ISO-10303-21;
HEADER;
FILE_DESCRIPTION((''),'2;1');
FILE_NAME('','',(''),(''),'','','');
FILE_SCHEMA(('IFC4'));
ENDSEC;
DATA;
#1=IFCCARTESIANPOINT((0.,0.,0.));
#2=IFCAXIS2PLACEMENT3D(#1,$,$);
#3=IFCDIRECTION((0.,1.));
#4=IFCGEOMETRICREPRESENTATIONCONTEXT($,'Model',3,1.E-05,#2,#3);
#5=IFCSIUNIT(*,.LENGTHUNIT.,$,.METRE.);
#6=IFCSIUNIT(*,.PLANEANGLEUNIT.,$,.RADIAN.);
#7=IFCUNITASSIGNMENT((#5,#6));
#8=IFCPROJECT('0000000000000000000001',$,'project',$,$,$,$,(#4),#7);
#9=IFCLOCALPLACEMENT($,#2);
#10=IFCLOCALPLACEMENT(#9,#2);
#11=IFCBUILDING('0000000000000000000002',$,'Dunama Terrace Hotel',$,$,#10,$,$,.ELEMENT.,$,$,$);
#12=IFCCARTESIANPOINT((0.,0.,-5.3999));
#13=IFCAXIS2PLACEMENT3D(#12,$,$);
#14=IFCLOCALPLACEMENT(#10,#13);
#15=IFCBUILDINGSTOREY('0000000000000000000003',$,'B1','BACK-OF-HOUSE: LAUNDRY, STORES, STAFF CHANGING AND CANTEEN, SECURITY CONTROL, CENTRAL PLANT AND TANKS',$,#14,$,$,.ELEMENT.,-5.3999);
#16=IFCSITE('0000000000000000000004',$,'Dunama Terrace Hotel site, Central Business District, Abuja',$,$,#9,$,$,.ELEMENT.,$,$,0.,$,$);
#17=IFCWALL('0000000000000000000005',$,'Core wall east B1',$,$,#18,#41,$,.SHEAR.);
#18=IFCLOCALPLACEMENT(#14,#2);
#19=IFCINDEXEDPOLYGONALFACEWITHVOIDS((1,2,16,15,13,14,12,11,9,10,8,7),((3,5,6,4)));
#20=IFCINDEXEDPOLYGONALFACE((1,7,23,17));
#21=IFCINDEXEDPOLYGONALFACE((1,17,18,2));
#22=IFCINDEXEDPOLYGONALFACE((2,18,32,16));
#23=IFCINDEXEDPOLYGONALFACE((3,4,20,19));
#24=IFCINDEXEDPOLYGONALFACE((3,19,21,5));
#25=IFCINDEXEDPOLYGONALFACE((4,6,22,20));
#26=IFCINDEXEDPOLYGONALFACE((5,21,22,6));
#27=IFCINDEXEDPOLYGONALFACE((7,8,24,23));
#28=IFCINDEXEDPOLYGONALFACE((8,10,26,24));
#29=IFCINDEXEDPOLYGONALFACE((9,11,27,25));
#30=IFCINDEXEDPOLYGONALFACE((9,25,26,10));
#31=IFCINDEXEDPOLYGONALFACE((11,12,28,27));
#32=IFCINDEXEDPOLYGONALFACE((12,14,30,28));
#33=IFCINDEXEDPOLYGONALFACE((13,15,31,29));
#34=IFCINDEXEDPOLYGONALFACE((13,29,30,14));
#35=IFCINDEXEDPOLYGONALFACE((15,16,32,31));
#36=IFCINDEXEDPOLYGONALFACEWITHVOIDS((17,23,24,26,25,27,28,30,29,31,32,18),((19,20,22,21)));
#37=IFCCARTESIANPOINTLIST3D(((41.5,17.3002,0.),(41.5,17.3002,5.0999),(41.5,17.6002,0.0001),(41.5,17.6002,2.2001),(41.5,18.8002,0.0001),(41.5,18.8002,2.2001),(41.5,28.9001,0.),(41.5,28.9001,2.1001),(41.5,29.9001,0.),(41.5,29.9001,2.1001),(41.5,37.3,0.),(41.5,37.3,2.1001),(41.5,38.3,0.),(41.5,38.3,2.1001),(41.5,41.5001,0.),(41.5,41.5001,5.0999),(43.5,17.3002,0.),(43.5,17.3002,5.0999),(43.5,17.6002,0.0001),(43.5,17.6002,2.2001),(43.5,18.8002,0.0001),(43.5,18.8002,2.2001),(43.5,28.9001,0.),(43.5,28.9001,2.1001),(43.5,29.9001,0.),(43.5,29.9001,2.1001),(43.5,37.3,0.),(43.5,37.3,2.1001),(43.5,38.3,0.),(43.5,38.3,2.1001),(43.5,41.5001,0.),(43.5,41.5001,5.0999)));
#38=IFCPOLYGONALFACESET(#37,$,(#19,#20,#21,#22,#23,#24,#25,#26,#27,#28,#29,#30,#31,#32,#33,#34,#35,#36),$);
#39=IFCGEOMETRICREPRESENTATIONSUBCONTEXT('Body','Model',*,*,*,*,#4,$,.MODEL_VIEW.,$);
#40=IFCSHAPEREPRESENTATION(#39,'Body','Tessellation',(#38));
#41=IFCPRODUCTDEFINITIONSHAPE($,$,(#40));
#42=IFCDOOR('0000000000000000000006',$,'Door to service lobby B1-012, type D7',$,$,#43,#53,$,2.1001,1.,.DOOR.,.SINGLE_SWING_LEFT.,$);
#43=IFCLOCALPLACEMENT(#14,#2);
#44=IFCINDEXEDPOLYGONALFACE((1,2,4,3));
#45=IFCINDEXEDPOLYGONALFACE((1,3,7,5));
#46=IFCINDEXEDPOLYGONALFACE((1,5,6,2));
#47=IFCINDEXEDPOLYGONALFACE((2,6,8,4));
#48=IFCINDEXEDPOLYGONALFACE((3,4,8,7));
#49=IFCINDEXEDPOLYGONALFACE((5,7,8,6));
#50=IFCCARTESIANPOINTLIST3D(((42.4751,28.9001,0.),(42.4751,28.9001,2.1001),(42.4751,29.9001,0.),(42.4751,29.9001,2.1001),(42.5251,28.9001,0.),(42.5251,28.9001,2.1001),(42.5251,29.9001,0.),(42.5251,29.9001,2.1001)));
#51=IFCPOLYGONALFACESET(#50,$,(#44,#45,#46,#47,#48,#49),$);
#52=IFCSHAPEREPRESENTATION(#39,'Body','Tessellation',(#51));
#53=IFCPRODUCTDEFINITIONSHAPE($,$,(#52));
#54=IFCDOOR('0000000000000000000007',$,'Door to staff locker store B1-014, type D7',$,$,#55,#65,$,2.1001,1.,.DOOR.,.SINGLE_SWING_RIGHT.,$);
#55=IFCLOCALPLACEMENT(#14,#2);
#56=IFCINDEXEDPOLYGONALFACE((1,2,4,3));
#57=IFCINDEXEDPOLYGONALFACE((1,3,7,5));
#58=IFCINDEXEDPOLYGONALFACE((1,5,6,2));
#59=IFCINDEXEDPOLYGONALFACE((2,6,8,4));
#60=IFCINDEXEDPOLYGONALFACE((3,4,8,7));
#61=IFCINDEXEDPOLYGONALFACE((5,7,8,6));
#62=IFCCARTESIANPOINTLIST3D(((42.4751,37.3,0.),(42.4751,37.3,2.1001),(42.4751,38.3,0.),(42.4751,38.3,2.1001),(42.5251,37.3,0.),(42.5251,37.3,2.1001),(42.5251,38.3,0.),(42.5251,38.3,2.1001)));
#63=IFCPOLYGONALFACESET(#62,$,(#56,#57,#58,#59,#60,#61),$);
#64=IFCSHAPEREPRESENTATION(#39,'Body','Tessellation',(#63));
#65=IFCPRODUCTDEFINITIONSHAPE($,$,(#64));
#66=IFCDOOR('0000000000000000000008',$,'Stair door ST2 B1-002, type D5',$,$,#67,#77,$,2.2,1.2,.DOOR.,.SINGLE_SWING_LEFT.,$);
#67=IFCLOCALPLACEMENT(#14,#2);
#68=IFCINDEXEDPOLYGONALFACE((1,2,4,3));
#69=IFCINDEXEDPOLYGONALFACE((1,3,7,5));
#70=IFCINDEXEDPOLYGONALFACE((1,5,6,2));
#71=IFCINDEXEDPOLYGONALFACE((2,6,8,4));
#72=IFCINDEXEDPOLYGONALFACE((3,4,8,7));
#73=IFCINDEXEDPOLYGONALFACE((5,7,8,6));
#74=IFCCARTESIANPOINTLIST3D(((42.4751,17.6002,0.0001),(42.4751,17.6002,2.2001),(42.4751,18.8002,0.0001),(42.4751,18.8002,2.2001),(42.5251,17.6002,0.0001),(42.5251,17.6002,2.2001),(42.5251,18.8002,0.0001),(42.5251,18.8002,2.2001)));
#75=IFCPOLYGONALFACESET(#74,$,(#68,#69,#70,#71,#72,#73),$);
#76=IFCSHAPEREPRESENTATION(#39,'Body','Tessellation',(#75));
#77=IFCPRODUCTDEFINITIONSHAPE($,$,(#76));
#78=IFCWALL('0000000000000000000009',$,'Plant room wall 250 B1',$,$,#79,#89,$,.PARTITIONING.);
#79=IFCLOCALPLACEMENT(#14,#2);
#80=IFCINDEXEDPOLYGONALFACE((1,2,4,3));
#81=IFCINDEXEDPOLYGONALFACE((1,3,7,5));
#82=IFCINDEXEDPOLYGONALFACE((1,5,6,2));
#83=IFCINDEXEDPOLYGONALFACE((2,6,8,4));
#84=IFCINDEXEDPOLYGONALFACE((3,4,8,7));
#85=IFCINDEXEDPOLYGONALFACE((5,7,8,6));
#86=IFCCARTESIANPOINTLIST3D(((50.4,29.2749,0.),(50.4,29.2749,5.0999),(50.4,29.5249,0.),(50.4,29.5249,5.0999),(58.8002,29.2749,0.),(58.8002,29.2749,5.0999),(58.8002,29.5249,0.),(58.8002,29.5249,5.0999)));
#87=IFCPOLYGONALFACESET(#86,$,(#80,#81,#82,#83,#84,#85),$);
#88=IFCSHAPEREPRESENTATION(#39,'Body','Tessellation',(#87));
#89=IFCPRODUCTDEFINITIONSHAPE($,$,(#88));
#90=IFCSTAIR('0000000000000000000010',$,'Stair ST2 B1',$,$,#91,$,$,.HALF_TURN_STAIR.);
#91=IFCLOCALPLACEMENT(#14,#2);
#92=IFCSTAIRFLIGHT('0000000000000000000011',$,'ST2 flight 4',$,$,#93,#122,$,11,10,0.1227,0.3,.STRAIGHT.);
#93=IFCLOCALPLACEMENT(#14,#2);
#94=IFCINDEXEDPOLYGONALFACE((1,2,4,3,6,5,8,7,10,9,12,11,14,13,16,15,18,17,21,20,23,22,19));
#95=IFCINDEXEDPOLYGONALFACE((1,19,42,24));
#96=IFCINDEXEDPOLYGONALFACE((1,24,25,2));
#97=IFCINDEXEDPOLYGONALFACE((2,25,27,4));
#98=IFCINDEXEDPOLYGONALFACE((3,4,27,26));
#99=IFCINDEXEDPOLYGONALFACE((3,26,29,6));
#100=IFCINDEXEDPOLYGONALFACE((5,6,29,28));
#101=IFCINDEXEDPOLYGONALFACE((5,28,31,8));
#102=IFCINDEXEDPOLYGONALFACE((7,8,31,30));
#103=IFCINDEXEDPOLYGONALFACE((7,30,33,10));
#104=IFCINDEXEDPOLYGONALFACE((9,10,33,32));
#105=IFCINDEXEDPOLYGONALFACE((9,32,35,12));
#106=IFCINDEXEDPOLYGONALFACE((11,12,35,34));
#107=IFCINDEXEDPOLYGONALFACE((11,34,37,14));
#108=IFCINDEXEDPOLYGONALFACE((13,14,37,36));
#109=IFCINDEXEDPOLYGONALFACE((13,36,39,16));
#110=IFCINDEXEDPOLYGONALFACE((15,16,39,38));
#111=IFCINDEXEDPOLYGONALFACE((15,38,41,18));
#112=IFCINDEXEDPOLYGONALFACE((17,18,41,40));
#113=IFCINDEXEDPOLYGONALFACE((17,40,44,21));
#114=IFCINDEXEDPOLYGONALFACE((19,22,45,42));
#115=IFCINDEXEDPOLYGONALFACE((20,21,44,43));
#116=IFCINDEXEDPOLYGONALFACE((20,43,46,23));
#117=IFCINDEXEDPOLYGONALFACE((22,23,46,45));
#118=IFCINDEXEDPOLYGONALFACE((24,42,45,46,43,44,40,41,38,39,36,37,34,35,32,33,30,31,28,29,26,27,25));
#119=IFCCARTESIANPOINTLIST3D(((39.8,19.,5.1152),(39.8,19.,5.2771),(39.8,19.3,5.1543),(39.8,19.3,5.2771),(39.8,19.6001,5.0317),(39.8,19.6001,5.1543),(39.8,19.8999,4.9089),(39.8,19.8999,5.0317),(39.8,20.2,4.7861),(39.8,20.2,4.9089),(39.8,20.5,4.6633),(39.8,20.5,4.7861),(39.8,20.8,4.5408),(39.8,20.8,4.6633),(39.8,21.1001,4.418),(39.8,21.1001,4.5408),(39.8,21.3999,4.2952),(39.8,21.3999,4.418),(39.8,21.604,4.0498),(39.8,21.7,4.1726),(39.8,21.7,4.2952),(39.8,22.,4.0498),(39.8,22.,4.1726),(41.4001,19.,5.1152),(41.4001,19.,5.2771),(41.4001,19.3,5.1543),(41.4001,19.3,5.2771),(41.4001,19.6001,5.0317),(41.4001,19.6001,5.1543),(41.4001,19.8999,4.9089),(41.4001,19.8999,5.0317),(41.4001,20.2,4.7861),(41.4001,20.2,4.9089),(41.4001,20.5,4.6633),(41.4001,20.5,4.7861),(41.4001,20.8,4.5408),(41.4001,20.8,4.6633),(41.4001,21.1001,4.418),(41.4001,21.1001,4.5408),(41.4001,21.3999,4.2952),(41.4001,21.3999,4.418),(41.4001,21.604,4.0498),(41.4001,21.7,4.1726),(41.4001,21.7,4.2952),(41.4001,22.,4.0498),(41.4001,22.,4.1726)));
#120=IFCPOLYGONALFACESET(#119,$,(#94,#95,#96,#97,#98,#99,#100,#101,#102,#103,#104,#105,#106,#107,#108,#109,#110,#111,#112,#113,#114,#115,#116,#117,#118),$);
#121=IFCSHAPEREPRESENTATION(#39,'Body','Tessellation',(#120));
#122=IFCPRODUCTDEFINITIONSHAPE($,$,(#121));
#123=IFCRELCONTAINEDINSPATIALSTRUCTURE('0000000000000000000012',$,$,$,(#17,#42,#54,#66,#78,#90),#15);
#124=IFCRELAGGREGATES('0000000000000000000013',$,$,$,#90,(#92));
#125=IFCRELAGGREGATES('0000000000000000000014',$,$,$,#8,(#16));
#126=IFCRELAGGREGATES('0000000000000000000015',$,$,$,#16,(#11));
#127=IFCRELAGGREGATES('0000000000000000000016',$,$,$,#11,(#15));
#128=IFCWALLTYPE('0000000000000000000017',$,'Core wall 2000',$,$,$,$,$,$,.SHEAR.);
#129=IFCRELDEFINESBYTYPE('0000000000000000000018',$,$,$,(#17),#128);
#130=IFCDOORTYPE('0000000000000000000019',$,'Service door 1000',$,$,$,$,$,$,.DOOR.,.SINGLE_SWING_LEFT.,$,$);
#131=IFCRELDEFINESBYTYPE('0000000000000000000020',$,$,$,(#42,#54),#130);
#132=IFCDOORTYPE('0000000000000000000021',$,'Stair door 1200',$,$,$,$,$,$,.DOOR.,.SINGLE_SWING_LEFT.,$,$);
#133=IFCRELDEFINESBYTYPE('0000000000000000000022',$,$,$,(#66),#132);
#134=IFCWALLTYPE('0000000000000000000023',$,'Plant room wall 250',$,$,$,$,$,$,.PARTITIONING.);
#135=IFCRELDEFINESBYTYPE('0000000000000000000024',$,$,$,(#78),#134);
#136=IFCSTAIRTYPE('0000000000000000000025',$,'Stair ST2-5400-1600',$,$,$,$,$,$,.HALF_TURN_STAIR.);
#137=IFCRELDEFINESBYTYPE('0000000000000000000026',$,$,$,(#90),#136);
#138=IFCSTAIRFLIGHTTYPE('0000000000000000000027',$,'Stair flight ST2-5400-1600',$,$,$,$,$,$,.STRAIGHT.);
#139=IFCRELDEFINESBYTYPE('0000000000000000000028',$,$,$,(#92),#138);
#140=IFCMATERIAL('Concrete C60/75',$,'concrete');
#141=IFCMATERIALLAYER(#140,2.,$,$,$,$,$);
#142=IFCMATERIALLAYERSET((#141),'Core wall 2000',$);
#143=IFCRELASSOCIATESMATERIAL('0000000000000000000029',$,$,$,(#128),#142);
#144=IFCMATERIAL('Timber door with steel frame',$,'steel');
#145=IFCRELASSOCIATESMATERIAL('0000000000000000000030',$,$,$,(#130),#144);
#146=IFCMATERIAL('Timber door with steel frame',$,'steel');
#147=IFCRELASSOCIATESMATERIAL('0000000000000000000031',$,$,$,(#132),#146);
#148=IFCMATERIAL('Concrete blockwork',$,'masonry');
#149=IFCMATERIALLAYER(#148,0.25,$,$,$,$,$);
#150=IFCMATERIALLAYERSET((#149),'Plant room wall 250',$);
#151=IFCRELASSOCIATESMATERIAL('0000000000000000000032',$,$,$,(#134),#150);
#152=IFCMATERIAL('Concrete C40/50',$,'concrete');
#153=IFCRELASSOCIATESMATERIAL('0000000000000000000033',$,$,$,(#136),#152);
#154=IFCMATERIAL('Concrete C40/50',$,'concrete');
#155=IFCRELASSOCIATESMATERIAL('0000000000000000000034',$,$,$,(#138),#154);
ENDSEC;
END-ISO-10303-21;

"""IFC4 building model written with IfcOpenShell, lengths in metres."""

from ifc_helpers import new_model, si_unit, direction, frame, frame_2d, origin, place, context, subcontext, project, spatial, polyline, rectangle, outline, extrude, material, layer, layer_set, type_object, element, fill, aggregate, save


model = new_model("IFC4")

# Units and contexts
model_context = context("Model", 3, precision=1e-05, world=origin(), true_north=direction((0.0, 1.0)))
body_context = subcontext(model_context, "Body", "Model", "MODEL_VIEW")
ifc_project = project(units=[si_unit("LENGTHUNIT", "METRE"), si_unit("PLANEANGLEUNIT", "RADIAN")], contexts=[model_context])

# Site, building, storey
site_placement = place(None, origin())
site = spatial("IfcSite", under=ifc_project, at=site_placement, Name="Dunama Terrace Hotel site, Central Business District, Abuja", CompositionType="ELEMENT", RefElevation=0.0)
building_placement = place(site_placement, origin())
building = spatial("IfcBuilding", under=site, at=building_placement, Name="Dunama Terrace Hotel", CompositionType="ELEMENT")
storey_placement = place(building_placement, frame((0.0, 0.0, -5.3999)))
storey = spatial("IfcBuildingStorey", under=building, at=storey_placement, Name="B1", Description="BACK-OF-HOUSE: LAUNDRY, STORES, STAFF CHANGING AND CANTEEN, SECURITY CONTROL, CENTRAL PLANT AND TANKS", CompositionType="ELEMENT", Elevation=-5.3999)

# Wall, openings, doors
ifc_material_1 = material(Name="Concrete C60/75", Category="concrete")
ifc_layer_1 = layer(ifc_material_1, 2.0)
ifc_layer_set_1 = layer_set([ifc_layer_1], Name="Core wall 2000")
wall_type_1 = type_object("IfcWallType", Name="Core wall 2000", PredefinedType="SHEAR", material=ifc_layer_set_1)
wall_1_placement = place(storey_placement, frame((42.5, 17.3, 0.0), z_axis=(0.0, 0.0, 1.0), x_axis=(0.0, 1.0, 0.0)))
wall_1 = element("IfcWall", 1, at=wall_1_placement, inside=storey, type_object=wall_type_1, Name="Core wall east B1", PredefinedType="SHEAR", context=body_context, shape_type="SweptSolid", body=[
    extrude(rectangle(XDim=24.2, YDim=2.0, at=frame_2d((12.1001, 0.0))), origin(), (0.0, 0.0, 1.0), 5.0999),
])
opening_1_placement = place(wall_1_placement, frame((0.3, 0.0, 0.0)))
opening_1 = element("IfcOpeningElement", 2, at=opening_1_placement, cuts=wall_1, PredefinedType="OPENING", context=body_context, shape_type="SweptSolid", body=[
    extrude(rectangle(XDim=1.2, YDim=2.2, at=frame_2d((0.6001, 1.1001))), frame((0.0, 1.01, 0.0), z_axis=(0.0, -1.0, 0.0), x_axis=(1.0, 0.0, 0.0)), (0.0, 0.0, 1.0), 2.02),
])
opening_2_placement = place(wall_1_placement, frame((11.6001, 0.0, 0.0)))
opening_2 = element("IfcOpeningElement", 3, at=opening_2_placement, cuts=wall_1, PredefinedType="OPENING", context=body_context, shape_type="SweptSolid", body=[
    extrude(rectangle(XDim=1.0, YDim=2.1001, at=frame_2d((0.5, 1.05))), frame((0.0, 1.01, 0.0), z_axis=(0.0, -1.0, 0.0), x_axis=(1.0, 0.0, 0.0)), (0.0, 0.0, 1.0), 2.02),
])
opening_3_placement = place(wall_1_placement, frame((20.0, 0.0, 0.0)))
opening_3 = element("IfcOpeningElement", 4, at=opening_3_placement, cuts=wall_1, PredefinedType="OPENING", context=body_context, shape_type="SweptSolid", body=[
    extrude(rectangle(XDim=1.0, YDim=2.1001, at=frame_2d((0.5, 1.05))), frame((0.0, 1.01, 0.0), z_axis=(0.0, -1.0, 0.0), x_axis=(1.0, 0.0, 0.0)), (0.0, 0.0, 1.0), 2.02),
])
ifc_material_2 = material(Name="Timber door with steel frame", Category="steel")
door_type_1 = type_object("IfcDoorType", Name="Service door 1000", OperationType="SINGLE_SWING_LEFT", PredefinedType="DOOR", material=ifc_material_2)
door_1_placement = place(opening_2_placement, origin())
door_1 = element("IfcDoor", 5, at=door_1_placement, inside=storey, type_object=door_type_1, Name="Door to service lobby B1-012, type D7", OperationType="SINGLE_SWING_LEFT", OverallHeight=2.1001, OverallWidth=1.0, PredefinedType="DOOR", context=body_context, shape_type="SweptSolid", body=[
    extrude(rectangle(XDim=1.0, YDim=2.1001, at=frame_2d((0.5, 1.05))), frame((0.0, 0.0249, 0.0), z_axis=(0.0, -1.0, 0.0), x_axis=(1.0, 0.0, 0.0)), (0.0, 0.0, 1.0), 0.05),
])
fill(opening_2, door_1)
door_2_placement = place(opening_3_placement, origin())
door_2 = element("IfcDoor", 6, at=door_2_placement, inside=storey, type_object=door_type_1, Name="Door to staff locker store B1-014, type D7", OperationType="SINGLE_SWING_RIGHT", OverallHeight=2.1001, OverallWidth=1.0, PredefinedType="DOOR", context=body_context, shape_type="SweptSolid", body=[
    extrude(rectangle(XDim=1.0, YDim=2.1001, at=frame_2d((0.5, 1.05))), frame((0.0, 0.0249, 0.0), z_axis=(0.0, -1.0, 0.0), x_axis=(1.0, 0.0, 0.0)), (0.0, 0.0, 1.0), 0.05),
])
fill(opening_3, door_2)
ifc_material_3 = material(Name="Timber door with steel frame", Category="steel")
door_type_2 = type_object("IfcDoorType", Name="Stair door 1200", OperationType="SINGLE_SWING_LEFT", PredefinedType="DOOR", material=ifc_material_3)
door_3_placement = place(opening_1_placement, origin())
door_3 = element("IfcDoor", 7, at=door_3_placement, inside=storey, type_object=door_type_2, Name="Stair door ST2 B1-002, type D5", OperationType="SINGLE_SWING_LEFT", OverallHeight=2.2, OverallWidth=1.2, PredefinedType="DOOR", context=body_context, shape_type="SweptSolid", body=[
    extrude(rectangle(XDim=1.2, YDim=2.2, at=frame_2d((0.6001, 1.1001))), frame((0.0, 0.0249, 0.0), z_axis=(0.0, -1.0, 0.0), x_axis=(1.0, 0.0, 0.0)), (0.0, 0.0, 1.0), 0.05),
])
fill(opening_1, door_3)

# Wall
ifc_material_4 = material(Name="Concrete blockwork", Category="masonry")
ifc_layer_2 = layer(ifc_material_4, 0.25)
ifc_layer_set_2 = layer_set([ifc_layer_2], Name="Plant room wall 250")
wall_type_2 = type_object("IfcWallType", Name="Plant room wall 250", PredefinedType="PARTITIONING", material=ifc_layer_set_2)
wall_2_placement = place(storey_placement, frame((50.3999, 29.3999, 0.0), z_axis=(0.0, 0.0, 1.0), x_axis=(1.0, 0.0, 0.0)))
element("IfcWall", 8, at=wall_2_placement, inside=storey, type_object=wall_type_2, Name="Plant room wall 250 B1", PredefinedType="PARTITIONING", context=body_context, shape_type="SweptSolid", body=[
    extrude(rectangle(XDim=8.4001, YDim=0.25, at=frame_2d((4.2002, 0.0))), origin(), (0.0, 0.0, 1.0), 5.0999),
])

# Stair, stair flight
ifc_material_5 = material(Name="Concrete C40/50", Category="concrete")
stair_type = type_object("IfcStairType", Name="Stair ST2-5400-1600", PredefinedType="HALF_TURN_STAIR", material=ifc_material_5)
stair_placement = place(storey_placement, origin())
stair = element("IfcStair", 9, at=stair_placement, inside=storey, type_object=stair_type, Name="Stair ST2 B1", PredefinedType="HALF_TURN_STAIR")
ifc_material_6 = material(Name="Concrete C40/50", Category="concrete")
stair_flight_type = type_object("IfcStairFlightType", Name="Stair flight ST2-5400-1600", PredefinedType="STRAIGHT", material=ifc_material_6)
stair_flight_placement = place(storey_placement, frame((40.6001, 22.0, 4.0498), z_axis=(0.0, 0.0, 1.0), x_axis=(0.0, -1.0, 0.0)))
stair_flight = element("IfcStairFlight", 10, at=stair_flight_placement, type_object=stair_flight_type, Name="ST2 flight 4", NumberOfRisers=11, NumberOfTreads=10, PredefinedType="STRAIGHT", RiserHeight=0.1227, TreadLength=0.3, context=body_context, shape_type="SweptSolid", body=[
    extrude(outline(polyline([(0.0, 0.0), (0.0, 0.1228), (0.3, 0.1228), (0.3, 0.2454), (0.6001, 0.2454), (0.6001, 0.3682), (0.8999, 0.3682), (0.8999, 0.491), (1.2, 0.491), (1.2, 0.6135), (1.5, 0.6135), (1.5, 0.7363), (1.8, 0.7363), (1.8, 0.8591), (2.1001, 0.8591), (2.1001, 0.9819), (2.3999, 0.9819), (2.3999, 1.1045), (2.7, 1.1045), (2.7, 1.2273), (3.0, 1.2273), (3.0, 1.3501), (3.0, 1.0654), (0.396, 0.0), (0.0, 0.0)])), frame((0.0, 0.8, 0.0), z_axis=(0.0, -1.0, 0.0), x_axis=(1.0, 0.0, 0.0)), (0.0, 0.0, 1.0), 1.6001),
])
aggregate(stair, [stair_flight])

save(model, "model.ifc")
